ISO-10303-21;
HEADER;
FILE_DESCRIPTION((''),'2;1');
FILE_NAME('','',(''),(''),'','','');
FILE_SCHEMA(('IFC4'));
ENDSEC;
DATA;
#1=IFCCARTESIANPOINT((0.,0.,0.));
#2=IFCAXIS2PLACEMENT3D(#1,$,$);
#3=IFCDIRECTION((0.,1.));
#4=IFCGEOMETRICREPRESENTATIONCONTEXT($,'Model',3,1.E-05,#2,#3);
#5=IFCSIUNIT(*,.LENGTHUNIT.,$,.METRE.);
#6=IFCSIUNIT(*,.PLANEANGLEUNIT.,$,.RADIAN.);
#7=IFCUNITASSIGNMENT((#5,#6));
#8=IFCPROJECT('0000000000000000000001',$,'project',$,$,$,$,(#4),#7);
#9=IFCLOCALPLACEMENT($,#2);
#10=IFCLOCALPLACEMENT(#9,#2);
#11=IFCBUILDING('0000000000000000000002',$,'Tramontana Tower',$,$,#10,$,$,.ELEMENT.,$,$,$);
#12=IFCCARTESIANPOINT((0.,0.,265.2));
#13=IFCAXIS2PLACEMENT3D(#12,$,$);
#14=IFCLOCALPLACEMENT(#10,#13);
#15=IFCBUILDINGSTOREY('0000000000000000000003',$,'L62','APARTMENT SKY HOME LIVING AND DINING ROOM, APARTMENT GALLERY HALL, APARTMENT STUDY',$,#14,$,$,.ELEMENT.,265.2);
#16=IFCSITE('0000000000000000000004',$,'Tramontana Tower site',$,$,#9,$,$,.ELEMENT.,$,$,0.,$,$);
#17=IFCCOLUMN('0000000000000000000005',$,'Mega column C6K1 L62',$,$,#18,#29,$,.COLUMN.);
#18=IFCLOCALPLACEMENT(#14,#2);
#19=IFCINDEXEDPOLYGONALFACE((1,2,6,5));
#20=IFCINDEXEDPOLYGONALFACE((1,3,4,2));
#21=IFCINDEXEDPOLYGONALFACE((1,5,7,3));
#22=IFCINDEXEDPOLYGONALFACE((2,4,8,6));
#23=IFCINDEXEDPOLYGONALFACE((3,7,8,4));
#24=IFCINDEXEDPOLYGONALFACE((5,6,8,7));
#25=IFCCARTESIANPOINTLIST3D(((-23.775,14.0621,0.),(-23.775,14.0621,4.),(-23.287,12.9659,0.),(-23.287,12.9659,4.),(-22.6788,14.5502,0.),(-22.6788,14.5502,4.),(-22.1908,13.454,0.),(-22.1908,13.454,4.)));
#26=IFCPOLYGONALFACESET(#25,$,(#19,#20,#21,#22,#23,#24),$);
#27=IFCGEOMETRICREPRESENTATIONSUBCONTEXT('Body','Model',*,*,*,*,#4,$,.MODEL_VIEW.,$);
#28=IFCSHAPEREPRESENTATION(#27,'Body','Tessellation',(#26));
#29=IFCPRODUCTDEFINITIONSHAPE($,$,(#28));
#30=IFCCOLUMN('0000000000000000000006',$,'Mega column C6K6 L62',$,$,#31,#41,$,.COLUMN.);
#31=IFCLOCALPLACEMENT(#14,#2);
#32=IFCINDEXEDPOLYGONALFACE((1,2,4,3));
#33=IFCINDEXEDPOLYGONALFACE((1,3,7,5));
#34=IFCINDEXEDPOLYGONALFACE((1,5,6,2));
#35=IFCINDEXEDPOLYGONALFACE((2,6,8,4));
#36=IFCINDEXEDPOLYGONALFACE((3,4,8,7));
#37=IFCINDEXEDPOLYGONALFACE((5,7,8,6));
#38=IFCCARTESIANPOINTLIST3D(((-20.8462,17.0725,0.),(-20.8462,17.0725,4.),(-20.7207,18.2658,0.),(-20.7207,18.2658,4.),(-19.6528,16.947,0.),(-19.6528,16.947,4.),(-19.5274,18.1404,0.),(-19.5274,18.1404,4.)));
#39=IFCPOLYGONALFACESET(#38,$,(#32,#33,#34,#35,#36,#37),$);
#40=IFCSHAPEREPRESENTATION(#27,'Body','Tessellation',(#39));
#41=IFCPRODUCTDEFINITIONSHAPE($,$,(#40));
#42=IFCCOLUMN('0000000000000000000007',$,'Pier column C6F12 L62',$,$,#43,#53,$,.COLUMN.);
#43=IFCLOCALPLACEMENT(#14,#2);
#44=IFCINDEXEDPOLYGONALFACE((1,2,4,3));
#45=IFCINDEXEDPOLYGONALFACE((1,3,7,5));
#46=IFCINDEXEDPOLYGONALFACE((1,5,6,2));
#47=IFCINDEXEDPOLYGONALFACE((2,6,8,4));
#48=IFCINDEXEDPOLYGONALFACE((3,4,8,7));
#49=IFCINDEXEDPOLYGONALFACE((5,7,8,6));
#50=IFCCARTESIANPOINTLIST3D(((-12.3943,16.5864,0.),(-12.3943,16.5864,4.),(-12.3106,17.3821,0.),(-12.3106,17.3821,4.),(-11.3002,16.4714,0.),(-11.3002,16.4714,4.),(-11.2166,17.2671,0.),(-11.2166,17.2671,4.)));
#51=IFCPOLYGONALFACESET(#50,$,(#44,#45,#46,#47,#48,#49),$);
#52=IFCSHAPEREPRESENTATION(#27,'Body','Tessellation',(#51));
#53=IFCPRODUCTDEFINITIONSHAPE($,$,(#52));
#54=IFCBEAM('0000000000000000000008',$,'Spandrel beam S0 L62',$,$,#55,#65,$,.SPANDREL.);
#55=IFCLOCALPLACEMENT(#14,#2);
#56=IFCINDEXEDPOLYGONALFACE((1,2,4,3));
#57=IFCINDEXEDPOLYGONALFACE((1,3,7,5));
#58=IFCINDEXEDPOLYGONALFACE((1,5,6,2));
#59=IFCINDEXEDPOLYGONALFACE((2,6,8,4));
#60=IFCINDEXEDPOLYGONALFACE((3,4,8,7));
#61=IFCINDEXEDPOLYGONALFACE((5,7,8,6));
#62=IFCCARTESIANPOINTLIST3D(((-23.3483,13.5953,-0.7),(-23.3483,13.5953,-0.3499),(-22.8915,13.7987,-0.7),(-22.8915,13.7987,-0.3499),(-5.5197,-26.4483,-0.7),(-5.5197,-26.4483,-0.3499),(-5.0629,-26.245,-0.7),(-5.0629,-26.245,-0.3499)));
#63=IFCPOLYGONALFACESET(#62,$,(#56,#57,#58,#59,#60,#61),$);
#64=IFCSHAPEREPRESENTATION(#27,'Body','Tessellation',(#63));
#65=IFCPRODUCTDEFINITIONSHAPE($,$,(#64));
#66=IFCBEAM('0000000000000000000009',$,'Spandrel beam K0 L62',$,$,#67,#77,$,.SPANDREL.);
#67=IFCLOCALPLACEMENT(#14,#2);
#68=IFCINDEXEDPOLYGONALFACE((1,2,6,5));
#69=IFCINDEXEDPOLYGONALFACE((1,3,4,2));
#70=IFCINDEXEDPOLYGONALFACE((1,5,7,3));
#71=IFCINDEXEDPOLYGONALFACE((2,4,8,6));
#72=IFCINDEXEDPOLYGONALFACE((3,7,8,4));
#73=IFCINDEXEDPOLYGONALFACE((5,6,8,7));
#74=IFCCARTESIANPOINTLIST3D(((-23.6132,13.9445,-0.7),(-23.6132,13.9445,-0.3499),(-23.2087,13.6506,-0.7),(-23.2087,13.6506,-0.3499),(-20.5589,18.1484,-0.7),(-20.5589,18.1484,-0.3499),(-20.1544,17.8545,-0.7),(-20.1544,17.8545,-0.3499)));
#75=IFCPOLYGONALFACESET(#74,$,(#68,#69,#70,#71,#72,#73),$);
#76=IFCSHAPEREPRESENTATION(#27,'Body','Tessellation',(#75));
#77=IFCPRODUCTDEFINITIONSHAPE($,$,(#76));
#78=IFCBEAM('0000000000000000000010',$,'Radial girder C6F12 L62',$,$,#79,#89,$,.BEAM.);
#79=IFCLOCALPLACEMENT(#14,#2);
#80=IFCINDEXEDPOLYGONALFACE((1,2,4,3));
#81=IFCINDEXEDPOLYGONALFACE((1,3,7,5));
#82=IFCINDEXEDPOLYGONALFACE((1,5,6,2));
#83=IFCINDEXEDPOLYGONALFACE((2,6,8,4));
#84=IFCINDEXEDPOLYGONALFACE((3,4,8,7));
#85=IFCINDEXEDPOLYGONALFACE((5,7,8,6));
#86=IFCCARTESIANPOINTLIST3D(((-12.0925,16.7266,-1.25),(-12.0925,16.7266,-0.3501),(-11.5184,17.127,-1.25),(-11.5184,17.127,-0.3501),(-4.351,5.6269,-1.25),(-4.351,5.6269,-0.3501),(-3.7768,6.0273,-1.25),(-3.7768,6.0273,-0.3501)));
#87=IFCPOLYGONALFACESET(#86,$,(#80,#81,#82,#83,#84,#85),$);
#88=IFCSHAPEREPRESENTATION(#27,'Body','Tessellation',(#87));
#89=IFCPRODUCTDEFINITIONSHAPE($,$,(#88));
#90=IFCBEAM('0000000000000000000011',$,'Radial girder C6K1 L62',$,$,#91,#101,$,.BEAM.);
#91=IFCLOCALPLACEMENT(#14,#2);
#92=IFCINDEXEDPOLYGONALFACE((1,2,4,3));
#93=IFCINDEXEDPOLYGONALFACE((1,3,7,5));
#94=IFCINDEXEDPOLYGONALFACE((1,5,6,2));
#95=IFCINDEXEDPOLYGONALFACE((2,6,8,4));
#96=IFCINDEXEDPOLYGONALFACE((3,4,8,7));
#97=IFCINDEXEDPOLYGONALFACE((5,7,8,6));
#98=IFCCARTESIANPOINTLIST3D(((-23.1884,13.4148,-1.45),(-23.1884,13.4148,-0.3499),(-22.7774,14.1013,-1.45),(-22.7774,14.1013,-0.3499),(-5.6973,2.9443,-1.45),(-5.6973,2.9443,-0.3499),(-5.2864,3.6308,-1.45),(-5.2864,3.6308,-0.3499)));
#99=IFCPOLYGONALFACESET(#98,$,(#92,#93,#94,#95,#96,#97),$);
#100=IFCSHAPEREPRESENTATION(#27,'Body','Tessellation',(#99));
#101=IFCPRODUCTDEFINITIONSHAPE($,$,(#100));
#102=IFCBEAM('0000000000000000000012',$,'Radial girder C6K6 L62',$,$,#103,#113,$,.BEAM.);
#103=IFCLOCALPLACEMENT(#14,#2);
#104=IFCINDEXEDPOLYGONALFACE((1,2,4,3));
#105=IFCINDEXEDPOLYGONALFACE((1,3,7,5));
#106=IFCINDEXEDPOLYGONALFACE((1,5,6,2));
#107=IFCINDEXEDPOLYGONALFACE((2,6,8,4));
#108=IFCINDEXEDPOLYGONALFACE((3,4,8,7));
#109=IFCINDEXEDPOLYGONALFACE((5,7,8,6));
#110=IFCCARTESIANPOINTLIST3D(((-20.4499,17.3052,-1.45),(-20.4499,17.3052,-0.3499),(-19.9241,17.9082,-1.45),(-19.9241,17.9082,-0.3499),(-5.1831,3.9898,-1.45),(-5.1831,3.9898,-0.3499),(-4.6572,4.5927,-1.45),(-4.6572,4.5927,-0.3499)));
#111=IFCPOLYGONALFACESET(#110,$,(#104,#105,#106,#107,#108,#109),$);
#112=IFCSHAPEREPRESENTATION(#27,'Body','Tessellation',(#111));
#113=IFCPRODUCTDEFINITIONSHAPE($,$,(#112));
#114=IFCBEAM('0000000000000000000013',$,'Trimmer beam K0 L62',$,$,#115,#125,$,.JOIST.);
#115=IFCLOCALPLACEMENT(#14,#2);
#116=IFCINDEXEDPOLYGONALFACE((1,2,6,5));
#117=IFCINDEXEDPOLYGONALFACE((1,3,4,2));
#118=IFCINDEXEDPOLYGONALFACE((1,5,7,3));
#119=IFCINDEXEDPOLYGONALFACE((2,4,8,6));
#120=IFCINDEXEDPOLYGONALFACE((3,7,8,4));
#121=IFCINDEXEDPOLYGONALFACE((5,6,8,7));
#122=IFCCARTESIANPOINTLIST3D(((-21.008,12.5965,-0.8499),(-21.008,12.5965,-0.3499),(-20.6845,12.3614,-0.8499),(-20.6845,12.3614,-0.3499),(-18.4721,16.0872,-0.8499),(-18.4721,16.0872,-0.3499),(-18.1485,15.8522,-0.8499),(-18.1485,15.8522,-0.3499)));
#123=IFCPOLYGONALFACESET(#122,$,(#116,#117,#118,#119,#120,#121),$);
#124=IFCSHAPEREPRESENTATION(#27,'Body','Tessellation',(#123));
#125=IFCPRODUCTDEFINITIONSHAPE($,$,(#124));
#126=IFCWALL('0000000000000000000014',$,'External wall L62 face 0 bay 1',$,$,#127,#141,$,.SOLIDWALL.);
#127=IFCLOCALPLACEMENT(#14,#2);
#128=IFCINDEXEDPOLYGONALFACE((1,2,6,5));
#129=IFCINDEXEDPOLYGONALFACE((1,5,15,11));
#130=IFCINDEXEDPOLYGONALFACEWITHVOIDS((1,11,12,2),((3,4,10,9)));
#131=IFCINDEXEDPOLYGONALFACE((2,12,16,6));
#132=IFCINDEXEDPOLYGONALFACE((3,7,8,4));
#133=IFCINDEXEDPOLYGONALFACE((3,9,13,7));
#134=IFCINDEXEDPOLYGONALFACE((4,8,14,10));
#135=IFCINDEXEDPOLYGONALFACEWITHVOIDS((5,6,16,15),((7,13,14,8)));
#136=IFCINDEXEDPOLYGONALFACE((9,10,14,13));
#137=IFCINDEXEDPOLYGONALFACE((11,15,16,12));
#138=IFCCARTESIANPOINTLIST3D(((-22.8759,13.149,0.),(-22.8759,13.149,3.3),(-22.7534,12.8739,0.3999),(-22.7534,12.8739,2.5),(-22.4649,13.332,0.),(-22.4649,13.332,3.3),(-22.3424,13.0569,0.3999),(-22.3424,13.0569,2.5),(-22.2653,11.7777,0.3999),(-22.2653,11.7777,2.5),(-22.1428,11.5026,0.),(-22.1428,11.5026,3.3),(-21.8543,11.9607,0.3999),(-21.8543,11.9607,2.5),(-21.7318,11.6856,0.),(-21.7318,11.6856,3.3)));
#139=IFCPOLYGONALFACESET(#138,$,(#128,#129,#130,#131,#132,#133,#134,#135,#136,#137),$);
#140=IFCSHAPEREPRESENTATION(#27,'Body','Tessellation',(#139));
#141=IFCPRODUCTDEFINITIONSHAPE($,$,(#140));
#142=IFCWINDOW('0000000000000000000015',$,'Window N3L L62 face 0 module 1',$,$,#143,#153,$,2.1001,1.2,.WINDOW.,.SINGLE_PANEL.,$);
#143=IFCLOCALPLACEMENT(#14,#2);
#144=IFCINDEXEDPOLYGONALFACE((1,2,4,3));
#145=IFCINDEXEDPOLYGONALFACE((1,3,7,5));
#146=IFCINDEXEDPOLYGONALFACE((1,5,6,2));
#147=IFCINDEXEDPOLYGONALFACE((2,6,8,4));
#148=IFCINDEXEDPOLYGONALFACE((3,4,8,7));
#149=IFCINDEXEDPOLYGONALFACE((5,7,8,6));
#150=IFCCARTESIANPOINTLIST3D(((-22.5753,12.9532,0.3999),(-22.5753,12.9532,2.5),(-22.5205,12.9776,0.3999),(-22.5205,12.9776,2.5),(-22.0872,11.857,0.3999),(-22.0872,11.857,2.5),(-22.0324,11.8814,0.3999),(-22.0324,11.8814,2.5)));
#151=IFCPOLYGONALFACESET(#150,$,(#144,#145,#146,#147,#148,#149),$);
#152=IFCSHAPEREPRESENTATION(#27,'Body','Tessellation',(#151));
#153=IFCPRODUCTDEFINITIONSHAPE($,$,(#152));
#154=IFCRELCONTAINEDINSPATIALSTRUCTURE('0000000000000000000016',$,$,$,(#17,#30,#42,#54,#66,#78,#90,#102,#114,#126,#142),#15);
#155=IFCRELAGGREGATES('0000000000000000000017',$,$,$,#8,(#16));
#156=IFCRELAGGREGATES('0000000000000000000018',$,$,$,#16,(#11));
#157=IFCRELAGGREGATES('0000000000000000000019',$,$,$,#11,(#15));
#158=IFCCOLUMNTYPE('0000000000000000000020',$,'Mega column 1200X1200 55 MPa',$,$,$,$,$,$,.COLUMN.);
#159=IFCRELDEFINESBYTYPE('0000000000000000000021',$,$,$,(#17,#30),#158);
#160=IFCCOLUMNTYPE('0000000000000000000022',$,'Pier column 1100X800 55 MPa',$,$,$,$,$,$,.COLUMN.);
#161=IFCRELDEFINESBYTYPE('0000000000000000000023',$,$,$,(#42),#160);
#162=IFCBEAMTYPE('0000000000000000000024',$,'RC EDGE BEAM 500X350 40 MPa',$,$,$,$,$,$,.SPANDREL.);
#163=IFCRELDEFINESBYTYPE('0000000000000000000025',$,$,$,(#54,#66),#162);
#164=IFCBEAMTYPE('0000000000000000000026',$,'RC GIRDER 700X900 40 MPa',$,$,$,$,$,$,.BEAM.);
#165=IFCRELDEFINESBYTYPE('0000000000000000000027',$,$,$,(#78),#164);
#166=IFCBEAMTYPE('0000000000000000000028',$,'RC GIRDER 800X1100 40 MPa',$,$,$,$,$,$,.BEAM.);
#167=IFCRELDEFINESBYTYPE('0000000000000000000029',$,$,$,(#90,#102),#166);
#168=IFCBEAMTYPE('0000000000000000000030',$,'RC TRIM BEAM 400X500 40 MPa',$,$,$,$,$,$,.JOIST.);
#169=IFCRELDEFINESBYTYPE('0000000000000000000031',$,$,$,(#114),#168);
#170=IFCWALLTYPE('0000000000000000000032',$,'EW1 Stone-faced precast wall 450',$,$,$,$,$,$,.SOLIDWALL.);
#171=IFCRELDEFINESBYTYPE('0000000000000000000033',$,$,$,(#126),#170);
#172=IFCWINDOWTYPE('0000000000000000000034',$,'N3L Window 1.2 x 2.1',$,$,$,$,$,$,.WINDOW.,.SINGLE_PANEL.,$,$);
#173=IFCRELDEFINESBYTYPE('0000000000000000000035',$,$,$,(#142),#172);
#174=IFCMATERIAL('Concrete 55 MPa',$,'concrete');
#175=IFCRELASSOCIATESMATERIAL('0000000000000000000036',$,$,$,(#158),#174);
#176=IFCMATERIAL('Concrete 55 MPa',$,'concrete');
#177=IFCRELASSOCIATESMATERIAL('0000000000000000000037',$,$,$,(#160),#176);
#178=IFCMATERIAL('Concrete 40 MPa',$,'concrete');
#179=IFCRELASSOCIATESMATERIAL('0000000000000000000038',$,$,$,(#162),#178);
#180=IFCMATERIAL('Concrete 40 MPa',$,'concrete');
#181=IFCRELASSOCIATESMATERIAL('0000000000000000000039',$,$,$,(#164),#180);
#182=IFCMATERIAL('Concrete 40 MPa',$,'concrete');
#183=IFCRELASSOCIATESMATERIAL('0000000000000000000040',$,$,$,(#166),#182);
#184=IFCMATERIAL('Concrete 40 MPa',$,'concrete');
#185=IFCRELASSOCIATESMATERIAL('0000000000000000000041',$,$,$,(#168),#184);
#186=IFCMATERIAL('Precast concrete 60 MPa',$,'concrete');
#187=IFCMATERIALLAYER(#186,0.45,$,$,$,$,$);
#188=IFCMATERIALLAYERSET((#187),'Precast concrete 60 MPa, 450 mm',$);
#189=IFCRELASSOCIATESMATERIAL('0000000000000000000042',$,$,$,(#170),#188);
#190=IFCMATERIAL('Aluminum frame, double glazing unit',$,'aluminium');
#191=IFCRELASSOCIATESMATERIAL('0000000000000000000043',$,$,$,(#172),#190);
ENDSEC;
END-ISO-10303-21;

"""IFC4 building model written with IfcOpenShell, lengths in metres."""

from ifc_helpers import new_model, si_unit, direction, frame, frame_2d, origin, origin_2d, place, context, subcontext, project, spatial, rectangle, extrude, material, layer, layer_set, material_profile, profile_set, type_object, element, fill, save


model = new_model("IFC4")

# Units and contexts
model_context = context("Model", 3, precision=1e-05, world=origin(), true_north=direction((0.0, 1.0)))
body_context = subcontext(model_context, "Body", "Model", "MODEL_VIEW")
ifc_project = project(units=[si_unit("LENGTHUNIT", "METRE"), si_unit("PLANEANGLEUNIT", "RADIAN")], contexts=[model_context])

# Site, building, storey
site_placement = place(None, origin())
site = spatial("IfcSite", under=ifc_project, at=site_placement, Name="Tramontana Tower site", CompositionType="ELEMENT", RefElevation=0.0)
building_placement = place(site_placement, origin())
building = spatial("IfcBuilding", under=site, at=building_placement, Name="Tramontana Tower", CompositionType="ELEMENT")
storey_placement = place(building_placement, frame((0.0, 0.0, 265.2)))
storey = spatial("IfcBuildingStorey", under=building, at=storey_placement, Name="L62", Description="APARTMENT SKY HOME LIVING AND DINING ROOM, APARTMENT GALLERY HALL, APARTMENT STUDY", CompositionType="ELEMENT", Elevation=265.2)

# Columns
ifc_material_1 = material(Name="Concrete 55 MPa", Category="concrete")
ifc_material_profile_1 = material_profile(ifc_material_1, rectangle(XDim=1.2, YDim=1.2, at=origin_2d()), Name="Mega column 1200X1200 55 MPa")
ifc_profile_set_1 = profile_set([ifc_material_profile_1], Name="Concrete 55 MPa")
column_type_1 = type_object("IfcColumnType", Name="Mega column 1200X1200 55 MPa", PredefinedType="COLUMN", material=ifc_profile_set_1)
for number, where, z_axis, x_axis, name in (
    (1, (-22.9829, 13.7581, 0.0), (0.0, 0.0, 1.0), (0.406737, -0.913545, 0.0), "Mega column C6K1 L62"),
    (2, (-20.1868, 17.6064, 0.0), (0.0, 0.0, 1.0), (-0.994522, 0.104528, 0.0), "Mega column C6K6 L62"),
):
    element("IfcColumn", number, at=place(storey_placement, frame(where, z_axis=z_axis, x_axis=x_axis)), inside=storey, type_object=column_type_1, Name=name, PredefinedType="COLUMN", context=body_context, shape_type="SweptSolid", body=[
        extrude(rectangle(XDim=1.2, YDim=1.2, at=origin_2d()), origin(), (0.0, 0.0, 1.0), 4.0),
    ])
ifc_material_2 = material(Name="Concrete 55 MPa", Category="concrete")
ifc_material_profile_2 = material_profile(ifc_material_2, rectangle(XDim=1.1001, YDim=0.8, at=origin_2d()), Name="Pier column 1100X800 55 MPa")
ifc_profile_set_2 = profile_set([ifc_material_profile_2], Name="Concrete 55 MPa")
column_type_2 = type_object("IfcColumnType", Name="Pier column 1100X800 55 MPa", PredefinedType="COLUMN", material=ifc_profile_set_2)
column_placement = place(storey_placement, frame((-11.8054, 16.9268, 0.0), z_axis=(0.0, 0.0, 1.0), x_axis=(-0.994522, 0.104528, 0.0)))
element("IfcColumn", 3, at=column_placement, inside=storey, type_object=column_type_2, Name="Pier column C6F12 L62", PredefinedType="COLUMN", context=body_context, shape_type="SweptSolid", body=[
    extrude(rectangle(XDim=1.1001, YDim=0.8, at=origin_2d()), origin(), (0.0, 0.0, 1.0), 4.0),
])

# Beams
ifc_material_3 = material(Name="Concrete 40 MPa", Category="concrete")
ifc_material_profile_3 = material_profile(ifc_material_3, rectangle(XDim=0.5, YDim=0.3501, at=origin_2d()), Name="RC EDGE BEAM 500X350 40 MPa")
ifc_profile_set_3 = profile_set([ifc_material_profile_3], Name="Concrete 40 MPa")
beam_type_1 = type_object("IfcBeamType", Name="RC EDGE BEAM 500X350 40 MPa", PredefinedType="SPANDREL", material=ifc_profile_set_3)
beam_1_placement = place(storey_placement, frame((-23.1199, 13.697, -0.5249), z_axis=(0.406737, -0.913545, 0.0), x_axis=(0.913545, 0.406737, 0.0)))
element("IfcBeam", 4, at=beam_1_placement, inside=storey, type_object=beam_type_1, Name="Spandrel beam S0 L62", PredefinedType="SPANDREL", context=body_context, shape_type="SweptSolid", body=[
    extrude(rectangle(XDim=0.5, YDim=0.3501, at=origin_2d()), origin(), (0.0, 0.0, 1.0), 43.8333),
])
beam_2_placement = place(storey_placement, frame((-20.3567, 18.0015, -0.5249), z_axis=(-0.587775, -0.809024, 0.0), x_axis=(0.809024, -0.587775, 0.0)))
element("IfcBeam", 5, at=beam_2_placement, inside=storey, type_object=beam_type_1, Name="Spandrel beam K0 L62", PredefinedType="SPANDREL", context=body_context, shape_type="SweptSolid", body=[
    extrude(rectangle(XDim=0.5, YDim=0.3501, at=origin_2d()), origin(), (0.0, 0.0, 1.0), 5.1963),
])
ifc_material_4 = material(Name="Concrete 40 MPa", Category="concrete")
ifc_material_profile_4 = material_profile(ifc_material_4, rectangle(XDim=0.7, YDim=0.8999, at=origin_2d()), Name="RC GIRDER 700X900 40 MPa")
ifc_profile_set_4 = profile_set([ifc_material_profile_4], Name="Concrete 40 MPa")
beam_type_2 = type_object("IfcBeamType", Name="RC GIRDER 700X900 40 MPa", PredefinedType="BEAM", material=ifc_profile_set_4)
beam_3_placement = place(storey_placement, frame((-11.8054, 16.9268, -0.8), z_axis=(0.572059, -0.820212, 0.0), x_axis=(0.820212, 0.572059, 0.0)))
element("IfcBeam", 6, at=beam_3_placement, inside=storey, type_object=beam_type_2, Name="Radial girder C6F12 L62", PredefinedType="BEAM", context=body_context, shape_type="SweptSolid", body=[
    extrude(rectangle(XDim=0.7, YDim=0.8999, at=origin_2d()), origin(), (0.0, 0.0, 1.0), 13.5327),
])
ifc_material_5 = material(Name="Concrete 40 MPa", Category="concrete")
ifc_material_profile_5 = material_profile(ifc_material_5, rectangle(XDim=0.8, YDim=1.1001, at=origin_2d()), Name="RC GIRDER 800X1100 40 MPa")
ifc_profile_set_5 = profile_set([ifc_material_profile_5], Name="Concrete 40 MPa")
beam_type_3 = type_object("IfcBeamType", Name="RC GIRDER 800X1100 40 MPa", PredefinedType="BEAM", material=ifc_profile_set_5)
beam_4_placement = place(storey_placement, frame((-22.9829, 13.7581, -0.8999), z_axis=(0.858015, -0.513625, 0.0), x_axis=(0.513625, 0.858015, 0.0)))
element("IfcBeam", 7, at=beam_4_placement, inside=storey, type_object=beam_type_3, Name="Radial girder C6K1 L62", PredefinedType="BEAM", context=body_context, shape_type="SweptSolid", body=[
    extrude(rectangle(XDim=0.8, YDim=1.1001, at=origin_2d()), origin(), (0.0, 0.0, 1.0), 20.3855),
])
beam_5_placement = place(storey_placement, frame((-20.187, 17.6067, -0.8999), z_axis=(0.753629, -0.6573, 0.0), x_axis=(0.6573, 0.753629, 0.0)))
element("IfcBeam", 8, at=beam_5_placement, inside=storey, type_object=beam_type_3, Name="Radial girder C6K6 L62", PredefinedType="BEAM", context=body_context, shape_type="SweptSolid", body=[
    extrude(rectangle(XDim=0.8, YDim=1.1001, at=origin_2d()), origin(), (0.0, 0.0, 1.0), 20.2578),
])
ifc_material_6 = material(Name="Concrete 40 MPa", Category="concrete")
ifc_material_profile_6 = material_profile(ifc_material_6, rectangle(XDim=0.3999, YDim=0.5, at=origin_2d()), Name="RC TRIM BEAM 400X500 40 MPa")
ifc_profile_set_6 = profile_set([ifc_material_profile_6], Name="Concrete 40 MPa")
beam_type_4 = type_object("IfcBeamType", Name="RC TRIM BEAM 400X500 40 MPa", PredefinedType="JOIST", material=ifc_profile_set_6)
beam_6_placement = place(storey_placement, frame((-18.3103, 15.9697, -0.5999), z_axis=(-0.587744, -0.809047, 0.0), x_axis=(0.809047, -0.587744, 0.0)))
element("IfcBeam", 9, at=beam_6_placement, inside=storey, type_object=beam_type_4, Name="Trimmer beam K0 L62", PredefinedType="JOIST", context=body_context, shape_type="SweptSolid", body=[
    extrude(rectangle(XDim=0.3999, YDim=0.5, at=origin_2d()), origin(), (0.0, 0.0, 1.0), 4.3147),
])

# Wall, opening, window
ifc_material_7 = material(Name="Precast concrete 60 MPa", Category="concrete")
ifc_layer_1 = layer(ifc_material_7, 0.45)
ifc_layer_set_1 = layer_set([ifc_layer_1], Name="Precast concrete 60 MPa, 450 mm")
wall_type_1 = type_object("IfcWallType", Name="EW1 Stone-faced precast wall 450", PredefinedType="SOLIDWALL", material=ifc_layer_set_1)
wall_1_placement = place(storey_placement, frame((-22.6704, 13.2405, 0.0), z_axis=(0.0, 0.0, 1.0), x_axis=(0.406779, -0.913526, 0.0)))
wall_1 = element("IfcWall", 10, at=wall_1_placement, inside=storey, type_object=wall_type_1, Name="External wall L62 face 0 bay 1", PredefinedType="SOLIDWALL", context=body_context, shape_type="SweptSolid", body=[
    extrude(rectangle(XDim=1.8022, YDim=0.45, at=frame_2d((0.9011, 0.0))), origin(), (0.0, 0.0, 1.0), 3.3),
])
opening_1_placement = place(wall_1_placement, frame((0.301, 0.0, 0.3999)))
opening_1 = element("IfcOpeningElement", 11, at=opening_1_placement, cuts=wall_1, PredefinedType="OPENING", context=body_context, shape_type="SweptSolid", body=[
    extrude(rectangle(XDim=1.2, YDim=2.1001, at=frame_2d((0.6001, 1.05))), frame((0.0, 0.2349, 0.0), z_axis=(0.0, -1.0, 0.0), x_axis=(1.0, 0.0, 0.0)), (0.0, 0.0, 1.0), 0.47),
])
ifc_material_8 = material(Name="Aluminum frame, double glazing unit", Category="aluminium")
window_type_1 = type_object("IfcWindowType", Name="N3L Window 1.2 x 2.1", PartitioningType="SINGLE_PANEL", PredefinedType="WINDOW", material=ifc_material_8)
window_1_placement = place(opening_1_placement, origin())
window_1 = element("IfcWindow", 12, at=window_1_placement, inside=storey, type_object=window_type_1, Name="Window N3L L62 face 0 module 1", OverallHeight=2.1001, OverallWidth=1.2, PartitioningType="SINGLE_PANEL", PredefinedType="WINDOW", context=body_context, shape_type="SweptSolid", body=[
    extrude(rectangle(XDim=1.2, YDim=2.1001, at=frame_2d((0.6001, 1.05))), frame((0.0, 0.03, 0.0), z_axis=(0.0, -1.0, 0.0), x_axis=(1.0, 0.0, 0.0)), (0.0, 0.0, 1.0), 0.0601),
])
fill(opening_1, window_1)

save(model, "model.ifc")
